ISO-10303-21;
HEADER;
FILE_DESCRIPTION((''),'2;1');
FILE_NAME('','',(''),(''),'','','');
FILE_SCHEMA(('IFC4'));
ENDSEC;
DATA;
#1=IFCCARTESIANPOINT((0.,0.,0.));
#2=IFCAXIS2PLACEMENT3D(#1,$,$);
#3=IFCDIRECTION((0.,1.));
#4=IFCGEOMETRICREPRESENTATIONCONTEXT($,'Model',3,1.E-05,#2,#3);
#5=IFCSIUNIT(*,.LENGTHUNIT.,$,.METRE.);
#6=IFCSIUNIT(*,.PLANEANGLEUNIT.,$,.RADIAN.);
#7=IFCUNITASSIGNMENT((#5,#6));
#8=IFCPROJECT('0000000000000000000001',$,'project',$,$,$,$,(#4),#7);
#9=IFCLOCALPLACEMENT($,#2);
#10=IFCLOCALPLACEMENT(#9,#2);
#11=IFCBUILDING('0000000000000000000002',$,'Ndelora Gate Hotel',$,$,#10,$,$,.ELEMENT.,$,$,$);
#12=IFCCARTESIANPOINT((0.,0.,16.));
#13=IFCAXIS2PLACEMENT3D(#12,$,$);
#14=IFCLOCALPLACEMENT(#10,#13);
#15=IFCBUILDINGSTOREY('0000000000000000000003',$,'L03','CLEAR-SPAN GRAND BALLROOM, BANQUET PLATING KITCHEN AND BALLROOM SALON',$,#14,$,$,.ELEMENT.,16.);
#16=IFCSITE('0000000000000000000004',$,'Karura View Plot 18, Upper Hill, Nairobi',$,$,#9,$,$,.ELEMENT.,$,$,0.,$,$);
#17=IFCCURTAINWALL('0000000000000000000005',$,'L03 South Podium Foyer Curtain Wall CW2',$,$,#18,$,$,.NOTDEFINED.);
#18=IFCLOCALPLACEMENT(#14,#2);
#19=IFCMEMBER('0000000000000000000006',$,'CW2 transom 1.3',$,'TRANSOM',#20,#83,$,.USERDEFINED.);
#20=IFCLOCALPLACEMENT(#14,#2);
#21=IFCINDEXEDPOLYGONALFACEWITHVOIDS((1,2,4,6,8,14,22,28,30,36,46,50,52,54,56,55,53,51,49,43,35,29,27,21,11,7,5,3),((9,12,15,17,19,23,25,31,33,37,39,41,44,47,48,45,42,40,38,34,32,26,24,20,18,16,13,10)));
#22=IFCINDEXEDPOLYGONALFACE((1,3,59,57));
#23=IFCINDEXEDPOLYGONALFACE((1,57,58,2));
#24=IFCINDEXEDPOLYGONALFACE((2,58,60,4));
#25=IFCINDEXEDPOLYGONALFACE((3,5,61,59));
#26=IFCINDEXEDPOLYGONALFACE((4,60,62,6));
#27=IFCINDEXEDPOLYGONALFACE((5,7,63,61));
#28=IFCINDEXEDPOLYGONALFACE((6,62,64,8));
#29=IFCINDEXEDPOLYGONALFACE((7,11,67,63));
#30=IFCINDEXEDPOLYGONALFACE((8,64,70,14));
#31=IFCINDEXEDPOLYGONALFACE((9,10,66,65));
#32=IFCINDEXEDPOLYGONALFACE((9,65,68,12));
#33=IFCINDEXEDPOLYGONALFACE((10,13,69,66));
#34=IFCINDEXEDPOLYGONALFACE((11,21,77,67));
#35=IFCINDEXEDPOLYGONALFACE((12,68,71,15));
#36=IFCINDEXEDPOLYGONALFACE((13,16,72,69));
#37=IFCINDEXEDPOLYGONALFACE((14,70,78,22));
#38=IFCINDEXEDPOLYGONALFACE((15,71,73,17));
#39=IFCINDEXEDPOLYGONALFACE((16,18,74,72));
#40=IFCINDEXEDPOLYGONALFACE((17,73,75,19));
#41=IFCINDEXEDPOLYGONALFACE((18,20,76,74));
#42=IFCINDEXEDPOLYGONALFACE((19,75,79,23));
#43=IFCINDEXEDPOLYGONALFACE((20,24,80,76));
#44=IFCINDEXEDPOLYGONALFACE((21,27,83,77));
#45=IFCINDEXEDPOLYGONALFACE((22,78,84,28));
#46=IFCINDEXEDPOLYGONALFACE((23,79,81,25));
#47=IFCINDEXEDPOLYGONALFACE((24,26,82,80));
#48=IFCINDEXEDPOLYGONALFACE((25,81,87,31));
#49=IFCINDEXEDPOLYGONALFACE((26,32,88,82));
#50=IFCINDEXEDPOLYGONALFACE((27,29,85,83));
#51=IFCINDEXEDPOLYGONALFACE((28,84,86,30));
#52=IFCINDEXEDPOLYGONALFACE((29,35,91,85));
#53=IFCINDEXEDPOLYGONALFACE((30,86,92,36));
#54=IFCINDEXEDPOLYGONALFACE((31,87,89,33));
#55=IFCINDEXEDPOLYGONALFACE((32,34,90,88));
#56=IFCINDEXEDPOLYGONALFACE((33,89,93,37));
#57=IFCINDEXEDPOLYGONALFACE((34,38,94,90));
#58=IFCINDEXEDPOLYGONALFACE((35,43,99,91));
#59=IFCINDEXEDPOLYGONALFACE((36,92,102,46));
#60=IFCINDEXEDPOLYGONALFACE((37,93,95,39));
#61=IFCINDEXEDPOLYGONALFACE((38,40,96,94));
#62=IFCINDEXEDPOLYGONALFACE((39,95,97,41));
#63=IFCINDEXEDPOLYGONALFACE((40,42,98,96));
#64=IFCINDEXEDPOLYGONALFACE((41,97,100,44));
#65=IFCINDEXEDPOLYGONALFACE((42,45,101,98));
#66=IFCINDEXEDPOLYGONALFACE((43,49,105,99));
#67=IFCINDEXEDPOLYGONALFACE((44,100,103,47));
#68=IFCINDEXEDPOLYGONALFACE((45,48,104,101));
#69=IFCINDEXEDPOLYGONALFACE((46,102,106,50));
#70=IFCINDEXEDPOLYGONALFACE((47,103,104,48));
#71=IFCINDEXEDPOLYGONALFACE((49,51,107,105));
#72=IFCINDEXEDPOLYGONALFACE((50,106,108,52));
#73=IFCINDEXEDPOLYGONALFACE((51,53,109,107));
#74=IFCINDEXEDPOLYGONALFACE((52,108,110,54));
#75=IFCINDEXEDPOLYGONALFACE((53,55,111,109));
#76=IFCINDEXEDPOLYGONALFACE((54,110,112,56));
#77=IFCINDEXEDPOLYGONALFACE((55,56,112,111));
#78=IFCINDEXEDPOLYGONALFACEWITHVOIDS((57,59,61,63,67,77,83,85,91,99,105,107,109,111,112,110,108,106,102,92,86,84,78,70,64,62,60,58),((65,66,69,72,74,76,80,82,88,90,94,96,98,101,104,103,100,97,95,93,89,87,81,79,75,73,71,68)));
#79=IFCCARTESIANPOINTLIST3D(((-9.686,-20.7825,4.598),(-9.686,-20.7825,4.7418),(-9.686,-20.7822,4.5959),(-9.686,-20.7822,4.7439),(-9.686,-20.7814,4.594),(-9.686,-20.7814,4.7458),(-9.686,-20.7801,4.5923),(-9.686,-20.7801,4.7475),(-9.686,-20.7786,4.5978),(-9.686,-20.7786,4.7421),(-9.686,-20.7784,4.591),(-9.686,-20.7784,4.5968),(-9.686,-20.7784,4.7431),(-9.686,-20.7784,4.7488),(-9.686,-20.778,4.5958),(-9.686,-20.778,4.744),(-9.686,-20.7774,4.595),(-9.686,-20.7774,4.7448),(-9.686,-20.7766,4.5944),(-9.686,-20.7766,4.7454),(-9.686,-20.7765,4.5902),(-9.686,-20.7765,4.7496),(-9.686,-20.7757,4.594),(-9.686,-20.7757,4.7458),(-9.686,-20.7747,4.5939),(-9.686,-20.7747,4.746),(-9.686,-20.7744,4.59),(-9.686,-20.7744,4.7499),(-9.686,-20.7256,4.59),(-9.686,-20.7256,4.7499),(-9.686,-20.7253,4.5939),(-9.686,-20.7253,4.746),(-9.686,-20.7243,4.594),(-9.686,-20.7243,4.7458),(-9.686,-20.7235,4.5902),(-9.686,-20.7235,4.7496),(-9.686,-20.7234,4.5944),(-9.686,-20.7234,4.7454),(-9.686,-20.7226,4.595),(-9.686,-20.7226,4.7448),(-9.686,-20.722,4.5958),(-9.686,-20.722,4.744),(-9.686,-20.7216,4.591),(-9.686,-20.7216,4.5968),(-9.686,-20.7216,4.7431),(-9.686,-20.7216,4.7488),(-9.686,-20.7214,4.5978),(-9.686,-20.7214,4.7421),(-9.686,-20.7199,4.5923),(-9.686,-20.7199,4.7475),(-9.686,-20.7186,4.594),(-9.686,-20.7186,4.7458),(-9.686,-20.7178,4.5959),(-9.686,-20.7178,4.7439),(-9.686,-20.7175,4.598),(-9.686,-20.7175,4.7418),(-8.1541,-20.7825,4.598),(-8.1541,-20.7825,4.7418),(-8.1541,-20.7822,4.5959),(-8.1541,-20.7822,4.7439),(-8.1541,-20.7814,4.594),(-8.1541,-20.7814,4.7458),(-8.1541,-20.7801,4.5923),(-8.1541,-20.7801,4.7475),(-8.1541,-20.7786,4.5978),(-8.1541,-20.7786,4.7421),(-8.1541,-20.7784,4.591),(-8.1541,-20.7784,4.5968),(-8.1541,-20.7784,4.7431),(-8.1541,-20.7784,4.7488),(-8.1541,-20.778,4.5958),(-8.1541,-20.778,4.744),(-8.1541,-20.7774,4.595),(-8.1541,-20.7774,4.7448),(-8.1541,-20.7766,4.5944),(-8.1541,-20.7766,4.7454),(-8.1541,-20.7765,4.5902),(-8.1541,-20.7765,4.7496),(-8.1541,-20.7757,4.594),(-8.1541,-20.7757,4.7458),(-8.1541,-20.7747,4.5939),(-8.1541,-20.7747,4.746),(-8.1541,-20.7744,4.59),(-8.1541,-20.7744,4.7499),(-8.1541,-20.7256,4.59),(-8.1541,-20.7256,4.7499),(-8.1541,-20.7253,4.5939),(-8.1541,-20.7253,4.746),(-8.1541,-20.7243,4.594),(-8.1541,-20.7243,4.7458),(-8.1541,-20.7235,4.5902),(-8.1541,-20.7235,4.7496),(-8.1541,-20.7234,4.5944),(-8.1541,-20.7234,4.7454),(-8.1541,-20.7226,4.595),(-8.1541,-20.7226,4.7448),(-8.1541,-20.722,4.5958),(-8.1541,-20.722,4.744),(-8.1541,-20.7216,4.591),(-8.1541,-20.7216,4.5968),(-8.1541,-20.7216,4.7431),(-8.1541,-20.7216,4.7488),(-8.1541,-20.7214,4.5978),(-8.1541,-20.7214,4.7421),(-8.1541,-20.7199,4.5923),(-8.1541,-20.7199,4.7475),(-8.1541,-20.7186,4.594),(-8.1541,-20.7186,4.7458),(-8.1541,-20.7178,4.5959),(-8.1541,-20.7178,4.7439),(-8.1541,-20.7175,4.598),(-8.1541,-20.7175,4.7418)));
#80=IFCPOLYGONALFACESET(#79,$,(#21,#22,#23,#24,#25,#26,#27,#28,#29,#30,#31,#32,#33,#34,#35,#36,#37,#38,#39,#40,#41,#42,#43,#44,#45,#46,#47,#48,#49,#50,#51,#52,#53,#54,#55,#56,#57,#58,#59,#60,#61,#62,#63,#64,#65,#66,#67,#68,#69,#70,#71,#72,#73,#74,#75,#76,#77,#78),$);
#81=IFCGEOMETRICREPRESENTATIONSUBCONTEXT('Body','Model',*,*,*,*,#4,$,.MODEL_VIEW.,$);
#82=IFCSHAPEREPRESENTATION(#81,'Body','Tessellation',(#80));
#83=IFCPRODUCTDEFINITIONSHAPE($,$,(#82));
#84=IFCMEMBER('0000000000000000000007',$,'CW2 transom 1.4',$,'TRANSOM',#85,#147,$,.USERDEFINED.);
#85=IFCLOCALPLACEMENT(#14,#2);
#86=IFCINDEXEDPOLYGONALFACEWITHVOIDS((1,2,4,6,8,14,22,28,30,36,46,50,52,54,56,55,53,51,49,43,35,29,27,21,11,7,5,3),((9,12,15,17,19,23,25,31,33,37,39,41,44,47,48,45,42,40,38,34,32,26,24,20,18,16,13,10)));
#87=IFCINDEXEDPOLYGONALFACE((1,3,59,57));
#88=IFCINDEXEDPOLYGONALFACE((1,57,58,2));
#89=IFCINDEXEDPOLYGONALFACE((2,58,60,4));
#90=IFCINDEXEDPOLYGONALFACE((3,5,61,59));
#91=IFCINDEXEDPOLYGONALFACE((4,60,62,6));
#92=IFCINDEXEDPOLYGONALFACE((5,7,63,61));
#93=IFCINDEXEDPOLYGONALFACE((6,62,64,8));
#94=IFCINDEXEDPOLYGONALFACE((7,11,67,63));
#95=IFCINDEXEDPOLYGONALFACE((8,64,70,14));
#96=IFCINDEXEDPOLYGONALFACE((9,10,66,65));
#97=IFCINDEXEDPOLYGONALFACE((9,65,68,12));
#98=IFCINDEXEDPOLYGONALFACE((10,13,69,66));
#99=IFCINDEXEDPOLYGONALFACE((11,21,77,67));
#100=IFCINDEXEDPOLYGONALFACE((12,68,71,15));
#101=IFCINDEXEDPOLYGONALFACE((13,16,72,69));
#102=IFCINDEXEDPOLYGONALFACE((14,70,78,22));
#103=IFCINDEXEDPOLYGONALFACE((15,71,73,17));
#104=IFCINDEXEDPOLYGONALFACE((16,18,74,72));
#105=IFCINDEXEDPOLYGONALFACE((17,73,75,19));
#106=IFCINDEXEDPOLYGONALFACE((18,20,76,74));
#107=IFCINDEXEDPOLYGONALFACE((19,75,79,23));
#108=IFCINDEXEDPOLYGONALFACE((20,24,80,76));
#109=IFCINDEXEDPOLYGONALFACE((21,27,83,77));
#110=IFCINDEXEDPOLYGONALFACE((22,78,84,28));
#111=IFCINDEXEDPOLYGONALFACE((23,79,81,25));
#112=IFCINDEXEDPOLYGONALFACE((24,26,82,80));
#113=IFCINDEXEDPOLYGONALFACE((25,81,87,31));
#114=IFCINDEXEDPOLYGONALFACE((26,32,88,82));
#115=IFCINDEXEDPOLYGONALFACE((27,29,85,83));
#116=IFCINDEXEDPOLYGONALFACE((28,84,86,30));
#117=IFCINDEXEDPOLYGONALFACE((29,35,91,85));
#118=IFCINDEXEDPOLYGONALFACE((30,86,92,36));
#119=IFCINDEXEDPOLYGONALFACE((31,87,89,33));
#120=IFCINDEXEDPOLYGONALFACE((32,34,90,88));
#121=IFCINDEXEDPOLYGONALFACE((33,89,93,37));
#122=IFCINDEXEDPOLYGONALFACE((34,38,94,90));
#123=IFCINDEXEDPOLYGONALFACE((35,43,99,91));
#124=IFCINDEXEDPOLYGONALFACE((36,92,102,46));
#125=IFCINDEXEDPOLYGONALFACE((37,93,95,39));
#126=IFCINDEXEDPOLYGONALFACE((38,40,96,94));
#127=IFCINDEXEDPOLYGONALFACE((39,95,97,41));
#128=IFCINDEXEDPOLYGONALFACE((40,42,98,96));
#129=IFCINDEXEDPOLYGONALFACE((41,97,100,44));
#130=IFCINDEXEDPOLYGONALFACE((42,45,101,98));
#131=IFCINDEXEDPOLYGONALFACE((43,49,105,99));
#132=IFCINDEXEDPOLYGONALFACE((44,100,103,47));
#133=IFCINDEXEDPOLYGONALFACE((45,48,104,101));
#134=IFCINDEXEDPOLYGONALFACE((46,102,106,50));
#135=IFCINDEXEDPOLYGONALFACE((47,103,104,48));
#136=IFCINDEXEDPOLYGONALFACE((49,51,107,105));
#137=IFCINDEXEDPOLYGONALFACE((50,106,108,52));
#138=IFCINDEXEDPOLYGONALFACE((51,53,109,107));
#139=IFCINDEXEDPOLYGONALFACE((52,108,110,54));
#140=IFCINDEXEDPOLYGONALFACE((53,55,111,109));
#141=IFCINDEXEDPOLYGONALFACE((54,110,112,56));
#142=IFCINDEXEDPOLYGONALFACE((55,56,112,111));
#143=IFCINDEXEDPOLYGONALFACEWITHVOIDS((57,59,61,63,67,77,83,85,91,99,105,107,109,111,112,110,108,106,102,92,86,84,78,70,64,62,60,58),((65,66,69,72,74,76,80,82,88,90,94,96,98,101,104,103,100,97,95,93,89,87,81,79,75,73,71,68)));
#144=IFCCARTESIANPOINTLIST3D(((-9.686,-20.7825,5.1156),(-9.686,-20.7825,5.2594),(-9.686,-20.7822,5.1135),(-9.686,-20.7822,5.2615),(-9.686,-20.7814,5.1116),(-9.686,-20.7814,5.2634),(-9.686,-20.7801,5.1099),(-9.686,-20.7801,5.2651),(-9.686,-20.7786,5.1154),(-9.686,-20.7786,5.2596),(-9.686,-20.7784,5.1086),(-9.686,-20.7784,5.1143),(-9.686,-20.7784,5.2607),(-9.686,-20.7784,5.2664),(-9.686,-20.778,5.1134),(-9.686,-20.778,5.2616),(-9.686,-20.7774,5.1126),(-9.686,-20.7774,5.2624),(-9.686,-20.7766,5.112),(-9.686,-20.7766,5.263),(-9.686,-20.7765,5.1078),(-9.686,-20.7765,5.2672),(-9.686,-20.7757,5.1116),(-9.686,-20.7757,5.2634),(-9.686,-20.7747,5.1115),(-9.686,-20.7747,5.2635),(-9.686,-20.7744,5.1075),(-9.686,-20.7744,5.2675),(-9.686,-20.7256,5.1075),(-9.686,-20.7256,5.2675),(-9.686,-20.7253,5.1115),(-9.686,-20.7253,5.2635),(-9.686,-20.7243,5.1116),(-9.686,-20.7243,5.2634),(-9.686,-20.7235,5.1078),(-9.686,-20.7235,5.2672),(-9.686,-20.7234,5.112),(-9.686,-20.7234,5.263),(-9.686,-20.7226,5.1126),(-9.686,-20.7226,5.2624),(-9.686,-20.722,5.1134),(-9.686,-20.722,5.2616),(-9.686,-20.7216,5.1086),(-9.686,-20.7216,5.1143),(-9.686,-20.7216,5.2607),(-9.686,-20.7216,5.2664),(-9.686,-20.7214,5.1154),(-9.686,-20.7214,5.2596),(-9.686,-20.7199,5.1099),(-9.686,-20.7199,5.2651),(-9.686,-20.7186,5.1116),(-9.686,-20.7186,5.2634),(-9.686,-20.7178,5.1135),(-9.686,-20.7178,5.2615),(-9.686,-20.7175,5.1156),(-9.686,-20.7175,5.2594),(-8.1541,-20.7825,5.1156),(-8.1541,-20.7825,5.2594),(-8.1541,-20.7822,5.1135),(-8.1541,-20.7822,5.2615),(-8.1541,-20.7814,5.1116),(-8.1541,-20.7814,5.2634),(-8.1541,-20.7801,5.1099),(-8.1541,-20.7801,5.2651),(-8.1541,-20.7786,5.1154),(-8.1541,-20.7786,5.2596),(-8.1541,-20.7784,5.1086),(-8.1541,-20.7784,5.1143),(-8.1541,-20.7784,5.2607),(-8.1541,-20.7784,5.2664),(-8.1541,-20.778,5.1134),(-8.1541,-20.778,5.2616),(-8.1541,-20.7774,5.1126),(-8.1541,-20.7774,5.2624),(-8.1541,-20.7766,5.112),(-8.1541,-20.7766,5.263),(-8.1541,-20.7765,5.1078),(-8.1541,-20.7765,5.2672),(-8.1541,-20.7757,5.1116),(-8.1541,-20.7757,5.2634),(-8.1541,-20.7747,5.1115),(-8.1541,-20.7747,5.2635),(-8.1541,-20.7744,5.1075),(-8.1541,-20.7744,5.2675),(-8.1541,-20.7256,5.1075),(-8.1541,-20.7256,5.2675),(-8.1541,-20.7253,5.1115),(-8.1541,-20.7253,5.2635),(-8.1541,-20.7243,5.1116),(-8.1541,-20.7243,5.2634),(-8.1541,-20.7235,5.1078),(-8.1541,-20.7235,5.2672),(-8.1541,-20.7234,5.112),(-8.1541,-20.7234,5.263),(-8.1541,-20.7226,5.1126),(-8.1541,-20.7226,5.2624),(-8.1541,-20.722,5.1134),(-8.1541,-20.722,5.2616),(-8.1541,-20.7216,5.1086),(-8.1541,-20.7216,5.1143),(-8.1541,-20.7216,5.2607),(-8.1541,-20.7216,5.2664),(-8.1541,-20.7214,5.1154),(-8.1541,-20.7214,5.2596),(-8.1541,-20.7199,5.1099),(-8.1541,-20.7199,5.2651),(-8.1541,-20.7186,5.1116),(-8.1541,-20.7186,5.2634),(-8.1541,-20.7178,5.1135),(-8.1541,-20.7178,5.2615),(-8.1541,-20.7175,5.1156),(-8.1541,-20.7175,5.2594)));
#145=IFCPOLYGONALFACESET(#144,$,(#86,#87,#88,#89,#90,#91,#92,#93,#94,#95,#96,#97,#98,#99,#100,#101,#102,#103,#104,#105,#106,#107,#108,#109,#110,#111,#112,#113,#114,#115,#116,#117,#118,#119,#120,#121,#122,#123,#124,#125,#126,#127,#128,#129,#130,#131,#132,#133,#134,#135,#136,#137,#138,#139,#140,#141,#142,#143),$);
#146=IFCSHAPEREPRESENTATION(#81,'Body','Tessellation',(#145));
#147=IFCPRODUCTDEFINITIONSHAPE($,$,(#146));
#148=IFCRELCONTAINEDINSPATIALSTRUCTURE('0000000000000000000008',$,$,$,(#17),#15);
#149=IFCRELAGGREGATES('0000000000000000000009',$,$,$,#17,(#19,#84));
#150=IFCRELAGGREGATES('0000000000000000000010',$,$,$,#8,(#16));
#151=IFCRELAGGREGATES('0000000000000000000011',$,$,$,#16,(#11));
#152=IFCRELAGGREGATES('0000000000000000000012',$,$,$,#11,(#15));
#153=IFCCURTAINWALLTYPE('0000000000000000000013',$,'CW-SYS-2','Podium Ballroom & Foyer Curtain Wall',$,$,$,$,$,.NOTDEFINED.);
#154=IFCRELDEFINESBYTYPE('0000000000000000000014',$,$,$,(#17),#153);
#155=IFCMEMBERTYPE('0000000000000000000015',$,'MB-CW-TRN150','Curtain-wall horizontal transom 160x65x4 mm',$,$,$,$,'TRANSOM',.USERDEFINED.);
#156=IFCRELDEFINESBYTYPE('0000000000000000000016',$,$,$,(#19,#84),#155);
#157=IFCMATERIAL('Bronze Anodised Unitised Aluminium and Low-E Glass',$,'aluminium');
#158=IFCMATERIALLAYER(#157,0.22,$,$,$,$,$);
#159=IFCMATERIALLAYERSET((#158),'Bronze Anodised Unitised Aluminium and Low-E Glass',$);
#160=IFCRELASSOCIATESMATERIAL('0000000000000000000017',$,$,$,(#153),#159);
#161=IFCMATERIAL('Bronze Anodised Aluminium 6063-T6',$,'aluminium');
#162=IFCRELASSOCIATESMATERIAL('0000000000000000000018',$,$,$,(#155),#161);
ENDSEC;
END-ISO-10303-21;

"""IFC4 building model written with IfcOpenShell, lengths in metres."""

from ifc_helpers import new_model, si_unit, direction, frame, origin, origin_2d, place, context, subcontext, project, spatial, hollow_rectangle, extrude, material, layer, layer_set, material_profile, profile_set, type_object, element, aggregate, save


model = new_model("IFC4")

# Units and contexts
model_context = context("Model", 3, precision=1e-05, world=origin(), true_north=direction((0.0, 1.0)))
body_context = subcontext(model_context, "Body", "Model", "MODEL_VIEW")
ifc_project = project(units=[si_unit("LENGTHUNIT", "METRE"), si_unit("PLANEANGLEUNIT", "RADIAN")], contexts=[model_context])

# Site, building, storey
site_placement = place(None, origin())
site = spatial("IfcSite", under=ifc_project, at=site_placement, Name="Karura View Plot 18, Upper Hill, Nairobi", CompositionType="ELEMENT", RefElevation=0.0)
building_placement = place(site_placement, origin())
building = spatial("IfcBuilding", under=site, at=building_placement, Name="Ndelora Gate Hotel", CompositionType="ELEMENT")
storey_placement = place(building_placement, frame((0.0, 0.0, 16.0)))
storey = spatial("IfcBuildingStorey", under=building, at=storey_placement, Name="L03", Description="CLEAR-SPAN GRAND BALLROOM, BANQUET PLATING KITCHEN AND BALLROOM SALON", CompositionType="ELEMENT", Elevation=16.0)

# Curtain wall, members
ifc_material_1 = material(Name="Bronze Anodised Unitised Aluminium and Low-E Glass", Category="aluminium")
ifc_layer_1 = layer(ifc_material_1, 0.22)
ifc_layer_set_1 = layer_set([ifc_layer_1], Name="Bronze Anodised Unitised Aluminium and Low-E Glass")
curtain_wall_type = type_object("IfcCurtainWallType", Name="CW-SYS-2", Description="Podium Ballroom & Foyer Curtain Wall", PredefinedType="NOTDEFINED", material=ifc_layer_set_1)
curtain_wall_placement = place(storey_placement, origin())
curtain_wall = element("IfcCurtainWall", 1, at=curtain_wall_placement, inside=storey, type_object=curtain_wall_type, Name="L03 South Podium Foyer Curtain Wall CW2", PredefinedType="NOTDEFINED")
ifc_material_2 = material(Name="Bronze Anodised Aluminium 6063-T6", Category="aluminium")
ifc_material_profile_1 = material_profile(ifc_material_2, hollow_rectangle(XDim=0.0649, YDim=0.1599, WallThickness=0.0039, InnerFilletRadius=0.0039, OuterFilletRadius=0.0081, at=origin_2d()), Name="ALU 160x65x4")
ifc_profile_set_1 = profile_set([ifc_material_profile_1], Name="Bronze Anodised Aluminium 6063-T6")
member_type_1 = type_object("IfcMemberType", Name="MB-CW-TRN150", Description="Curtain-wall horizontal transom 160x65x4 mm", ElementType="TRANSOM", PredefinedType="USERDEFINED", material=ifc_profile_set_1)
member_1_placement = place(storey_placement, frame((-9.686, -20.75, 4.6699), z_axis=(1.0, 0.0, 0.0), x_axis=(0.0, 1.0, 0.0)))
member_1 = element("IfcMember", 2, at=member_1_placement, type_object=member_type_1, Name="CW2 transom 1.3", ObjectType="TRANSOM", PredefinedType="USERDEFINED", context=body_context, shape_type="SweptSolid", body=[
    extrude(hollow_rectangle(XDim=0.0649, YDim=0.1599, WallThickness=0.0039, InnerFilletRadius=0.0039, OuterFilletRadius=0.0081, at=origin_2d()), origin(), (0.0, 0.0, 1.0), 1.532),
])
member_2_placement = place(storey_placement, frame((-9.686, -20.75, 5.1875), z_axis=(1.0, 0.0, 0.0), x_axis=(0.0, 1.0, 0.0)))
member_2 = element("IfcMember", 3, at=member_2_placement, type_object=member_type_1, Name="CW2 transom 1.4", ObjectType="TRANSOM", PredefinedType="USERDEFINED", context=body_context, shape_type="SweptSolid", body=[
    extrude(hollow_rectangle(XDim=0.0649, YDim=0.1599, WallThickness=0.0039, InnerFilletRadius=0.0039, OuterFilletRadius=0.0081, at=origin_2d()), origin(), (0.0, 0.0, 1.0), 1.532),
])
aggregate(curtain_wall, [member_1, member_2])

save(model, "model.ifc")
